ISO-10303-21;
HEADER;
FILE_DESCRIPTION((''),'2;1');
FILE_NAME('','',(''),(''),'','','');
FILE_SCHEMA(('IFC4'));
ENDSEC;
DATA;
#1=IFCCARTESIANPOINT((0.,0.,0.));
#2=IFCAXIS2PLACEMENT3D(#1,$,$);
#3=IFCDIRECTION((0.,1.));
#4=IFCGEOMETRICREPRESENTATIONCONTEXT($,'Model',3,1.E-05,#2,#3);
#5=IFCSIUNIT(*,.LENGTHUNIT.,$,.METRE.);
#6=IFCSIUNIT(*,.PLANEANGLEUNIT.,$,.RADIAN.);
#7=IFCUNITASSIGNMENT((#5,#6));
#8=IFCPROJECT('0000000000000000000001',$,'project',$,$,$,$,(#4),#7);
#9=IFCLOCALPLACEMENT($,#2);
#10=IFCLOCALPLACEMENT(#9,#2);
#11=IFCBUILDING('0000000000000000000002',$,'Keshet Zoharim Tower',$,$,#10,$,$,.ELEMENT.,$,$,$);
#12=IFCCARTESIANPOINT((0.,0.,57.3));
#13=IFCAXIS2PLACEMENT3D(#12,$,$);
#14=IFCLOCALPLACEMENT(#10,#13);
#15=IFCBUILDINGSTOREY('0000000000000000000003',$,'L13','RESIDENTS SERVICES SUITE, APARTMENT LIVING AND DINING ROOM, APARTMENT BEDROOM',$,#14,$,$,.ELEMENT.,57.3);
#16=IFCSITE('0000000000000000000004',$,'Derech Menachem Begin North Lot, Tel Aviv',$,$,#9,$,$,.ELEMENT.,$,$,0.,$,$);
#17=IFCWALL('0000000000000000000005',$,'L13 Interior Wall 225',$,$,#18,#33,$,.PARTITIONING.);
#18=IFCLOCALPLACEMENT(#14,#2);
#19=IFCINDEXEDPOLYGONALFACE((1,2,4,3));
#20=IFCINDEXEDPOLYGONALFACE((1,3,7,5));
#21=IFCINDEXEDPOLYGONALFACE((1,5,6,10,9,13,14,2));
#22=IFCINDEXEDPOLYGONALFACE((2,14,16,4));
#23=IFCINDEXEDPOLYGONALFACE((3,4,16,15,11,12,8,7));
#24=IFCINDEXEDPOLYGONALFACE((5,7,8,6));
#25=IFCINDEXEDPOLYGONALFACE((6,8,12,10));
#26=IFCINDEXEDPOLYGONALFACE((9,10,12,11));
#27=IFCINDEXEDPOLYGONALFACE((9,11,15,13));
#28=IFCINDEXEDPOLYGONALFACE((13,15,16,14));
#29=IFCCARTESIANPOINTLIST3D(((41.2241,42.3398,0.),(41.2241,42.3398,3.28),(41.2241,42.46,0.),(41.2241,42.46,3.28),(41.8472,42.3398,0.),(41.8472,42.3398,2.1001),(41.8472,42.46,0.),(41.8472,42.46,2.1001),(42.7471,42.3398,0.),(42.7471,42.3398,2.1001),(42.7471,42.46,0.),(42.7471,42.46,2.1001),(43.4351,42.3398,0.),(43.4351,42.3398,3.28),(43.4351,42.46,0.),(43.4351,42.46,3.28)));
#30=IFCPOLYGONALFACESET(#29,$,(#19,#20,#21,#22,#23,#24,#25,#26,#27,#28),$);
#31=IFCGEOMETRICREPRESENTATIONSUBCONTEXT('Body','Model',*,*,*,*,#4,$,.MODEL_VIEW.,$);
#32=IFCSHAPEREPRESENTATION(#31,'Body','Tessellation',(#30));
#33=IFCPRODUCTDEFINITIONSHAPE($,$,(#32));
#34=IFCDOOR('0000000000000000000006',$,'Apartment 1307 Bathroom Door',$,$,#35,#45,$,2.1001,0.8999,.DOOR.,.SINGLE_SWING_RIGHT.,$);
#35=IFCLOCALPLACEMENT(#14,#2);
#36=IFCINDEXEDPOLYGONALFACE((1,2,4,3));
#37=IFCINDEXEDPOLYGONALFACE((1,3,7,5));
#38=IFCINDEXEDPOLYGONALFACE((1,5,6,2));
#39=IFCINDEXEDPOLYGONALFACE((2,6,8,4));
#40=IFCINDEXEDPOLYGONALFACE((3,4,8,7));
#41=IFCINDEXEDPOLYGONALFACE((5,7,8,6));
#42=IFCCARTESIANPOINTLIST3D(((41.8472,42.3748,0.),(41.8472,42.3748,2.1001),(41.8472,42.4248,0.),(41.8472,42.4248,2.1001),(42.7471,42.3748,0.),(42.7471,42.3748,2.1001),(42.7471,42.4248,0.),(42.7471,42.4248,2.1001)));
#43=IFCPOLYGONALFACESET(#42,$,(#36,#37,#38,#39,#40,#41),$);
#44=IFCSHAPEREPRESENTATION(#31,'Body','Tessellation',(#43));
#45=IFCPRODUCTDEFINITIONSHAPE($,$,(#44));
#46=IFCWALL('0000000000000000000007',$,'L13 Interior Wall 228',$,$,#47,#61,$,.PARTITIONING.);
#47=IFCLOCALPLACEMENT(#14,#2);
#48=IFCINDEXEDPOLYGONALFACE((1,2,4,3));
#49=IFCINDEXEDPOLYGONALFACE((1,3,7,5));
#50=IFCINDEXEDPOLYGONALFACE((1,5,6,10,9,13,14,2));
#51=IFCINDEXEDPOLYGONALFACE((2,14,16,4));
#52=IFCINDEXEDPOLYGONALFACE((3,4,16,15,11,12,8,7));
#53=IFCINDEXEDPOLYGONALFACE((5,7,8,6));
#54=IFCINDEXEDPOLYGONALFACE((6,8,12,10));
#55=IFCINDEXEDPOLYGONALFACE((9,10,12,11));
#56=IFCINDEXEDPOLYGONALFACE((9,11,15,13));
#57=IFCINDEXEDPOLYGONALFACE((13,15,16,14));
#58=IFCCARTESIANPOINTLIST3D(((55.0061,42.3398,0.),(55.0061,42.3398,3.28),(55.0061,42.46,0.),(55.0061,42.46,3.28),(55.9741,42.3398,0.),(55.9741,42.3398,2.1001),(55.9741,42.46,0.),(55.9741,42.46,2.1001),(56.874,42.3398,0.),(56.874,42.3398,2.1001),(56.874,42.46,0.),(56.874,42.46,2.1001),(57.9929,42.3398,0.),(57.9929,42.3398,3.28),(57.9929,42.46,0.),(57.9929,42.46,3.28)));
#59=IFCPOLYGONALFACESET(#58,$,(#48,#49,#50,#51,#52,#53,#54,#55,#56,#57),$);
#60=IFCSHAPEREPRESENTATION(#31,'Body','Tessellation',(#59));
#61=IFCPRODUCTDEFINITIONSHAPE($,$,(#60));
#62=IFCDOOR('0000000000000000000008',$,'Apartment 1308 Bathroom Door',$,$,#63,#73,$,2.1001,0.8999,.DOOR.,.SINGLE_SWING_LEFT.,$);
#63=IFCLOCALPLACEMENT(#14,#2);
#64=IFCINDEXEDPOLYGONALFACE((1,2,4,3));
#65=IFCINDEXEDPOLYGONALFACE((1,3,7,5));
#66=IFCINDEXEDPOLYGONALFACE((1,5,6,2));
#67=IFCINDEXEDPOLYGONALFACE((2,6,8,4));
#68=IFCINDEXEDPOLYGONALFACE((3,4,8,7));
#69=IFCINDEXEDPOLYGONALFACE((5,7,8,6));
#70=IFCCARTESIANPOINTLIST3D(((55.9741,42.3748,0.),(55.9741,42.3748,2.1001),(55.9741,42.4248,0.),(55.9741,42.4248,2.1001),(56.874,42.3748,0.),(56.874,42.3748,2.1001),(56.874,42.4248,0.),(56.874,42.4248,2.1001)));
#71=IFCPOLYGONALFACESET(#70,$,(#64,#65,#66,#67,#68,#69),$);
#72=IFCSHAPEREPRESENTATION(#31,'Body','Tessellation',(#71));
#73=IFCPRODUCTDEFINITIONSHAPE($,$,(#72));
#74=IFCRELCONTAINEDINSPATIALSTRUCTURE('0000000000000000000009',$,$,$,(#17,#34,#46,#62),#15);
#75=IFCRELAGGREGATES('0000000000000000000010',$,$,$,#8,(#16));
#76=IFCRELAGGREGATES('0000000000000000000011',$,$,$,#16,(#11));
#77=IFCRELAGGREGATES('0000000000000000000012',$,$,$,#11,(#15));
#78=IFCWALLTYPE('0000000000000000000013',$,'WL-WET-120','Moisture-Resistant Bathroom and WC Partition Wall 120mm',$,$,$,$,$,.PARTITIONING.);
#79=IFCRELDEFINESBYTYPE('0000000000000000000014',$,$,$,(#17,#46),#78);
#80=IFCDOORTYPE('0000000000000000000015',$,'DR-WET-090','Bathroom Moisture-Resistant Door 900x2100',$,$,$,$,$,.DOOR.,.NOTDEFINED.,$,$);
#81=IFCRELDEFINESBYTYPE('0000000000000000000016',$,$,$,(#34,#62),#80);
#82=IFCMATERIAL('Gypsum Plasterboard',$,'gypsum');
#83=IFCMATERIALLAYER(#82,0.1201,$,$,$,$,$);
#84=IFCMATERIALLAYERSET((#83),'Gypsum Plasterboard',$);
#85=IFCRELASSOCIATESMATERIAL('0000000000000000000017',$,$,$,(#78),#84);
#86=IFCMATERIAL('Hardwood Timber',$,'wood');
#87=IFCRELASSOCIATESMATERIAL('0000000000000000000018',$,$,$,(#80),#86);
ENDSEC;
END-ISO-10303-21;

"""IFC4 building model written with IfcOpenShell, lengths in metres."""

from ifc_helpers import new_model, si_unit, direction, frame, frame_2d, origin, place, context, subcontext, project, spatial, rectangle, extrude, material, layer, layer_set, type_object, element, fill, save


model = new_model("IFC4")

# Units and contexts
model_context = context("Model", 3, precision=1e-05, world=origin(), true_north=direction((0.0, 1.0)))
body_context = subcontext(model_context, "Body", "Model", "MODEL_VIEW")
ifc_project = project(units=[si_unit("LENGTHUNIT", "METRE"), si_unit("PLANEANGLEUNIT", "RADIAN")], contexts=[model_context])

# Site, building, storey
site_placement = place(None, origin())
site = spatial("IfcSite", under=ifc_project, at=site_placement, Name="Derech Menachem Begin North Lot, Tel Aviv", CompositionType="ELEMENT", RefElevation=0.0)
building_placement = place(site_placement, origin())
building = spatial("IfcBuilding", under=site, at=building_placement, Name="Keshet Zoharim Tower", CompositionType="ELEMENT")
storey_placement = place(building_placement, frame((0.0, 0.0, 57.3)))
storey = spatial("IfcBuildingStorey", under=building, at=storey_placement, Name="L13", Description="RESIDENTS SERVICES SUITE, APARTMENT LIVING AND DINING ROOM, APARTMENT BEDROOM", CompositionType="ELEMENT", Elevation=57.3)

# Shared definitions
ifc_material_1 = material(Name="Gypsum Plasterboard", Category="gypsum")
ifc_material_2 = material(Name="Hardwood Timber", Category="wood")

# Shared definitions
ifc_layer_1 = layer(ifc_material_1, 0.1201)
ifc_layer_set_1 = layer_set([ifc_layer_1], Name="Gypsum Plasterboard")
wall_type_1 = type_object("IfcWallType", Name="WL-WET-120", Description="Moisture-Resistant Bathroom and WC Partition Wall 120mm", PredefinedType="PARTITIONING", material=ifc_layer_set_1)

# Walls, openings, doors
wall_1_placement = place(storey_placement, frame((41.2241, 42.3999, 0.0), z_axis=(0.0, 0.0, 1.0), x_axis=(1.0, 0.0, 0.0)))
wall_1 = element("IfcWall", 1, at=wall_1_placement, inside=storey, type_object=wall_type_1, Name="L13 Interior Wall 225", PredefinedType="PARTITIONING", context=body_context, shape_type="SweptSolid", body=[
    extrude(rectangle(XDim=2.2109, YDim=0.1201, at=frame_2d((1.1055, 0.0))), origin(), (0.0, 0.0, 1.0), 3.28),
])
opening_1_placement = place(wall_1_placement, frame((0.623, 0.0, 0.0)))
opening_1 = element("IfcOpeningElement", 2, at=opening_1_placement, cuts=wall_1, PredefinedType="OPENING", context=body_context, shape_type="SweptSolid", body=[
    extrude(rectangle(XDim=0.8999, YDim=2.1001, at=frame_2d((0.45, 1.05))), frame((0.0, 0.0701, 0.0), z_axis=(0.0, -1.0, 0.0), x_axis=(1.0, 0.0, 0.0)), (0.0, 0.0, 1.0), 0.1401),
])
door_type_1 = type_object("IfcDoorType", Name="DR-WET-090", Description="Bathroom Moisture-Resistant Door 900x2100", OperationType="NOTDEFINED", PredefinedType="DOOR", material=ifc_material_2)
door_1_placement = place(opening_1_placement, origin())
door_1 = element("IfcDoor", 3, at=door_1_placement, inside=storey, type_object=door_type_1, Name="Apartment 1307 Bathroom Door", OperationType="SINGLE_SWING_RIGHT", OverallHeight=2.1001, OverallWidth=0.8999, PredefinedType="DOOR", context=body_context, shape_type="SweptSolid", body=[
    extrude(rectangle(XDim=0.8999, YDim=2.1001, at=frame_2d((0.45, 1.05))), frame((0.0, 0.0249, 0.0), z_axis=(0.0, -1.0, 0.0), x_axis=(1.0, 0.0, 0.0)), (0.0, 0.0, 1.0), 0.05),
])
fill(opening_1, door_1)
wall_2_placement = place(storey_placement, frame((55.0061, 42.3999, 0.0), z_axis=(0.0, 0.0, 1.0), x_axis=(1.0, 0.0, 0.0)))
wall_2 = element("IfcWall", 4, at=wall_2_placement, inside=storey, type_object=wall_type_1, Name="L13 Interior Wall 228", PredefinedType="PARTITIONING", context=body_context, shape_type="SweptSolid", body=[
    extrude(rectangle(XDim=2.9868, YDim=0.1201, at=frame_2d((1.4934, 0.0))), origin(), (0.0, 0.0, 1.0), 3.28),
])
opening_2_placement = place(wall_2_placement, frame((0.968, 0.0, 0.0)))
opening_2 = element("IfcOpeningElement", 5, at=opening_2_placement, cuts=wall_2, PredefinedType="OPENING", context=body_context, shape_type="SweptSolid", body=[
    extrude(rectangle(XDim=0.8999, YDim=2.1001, at=frame_2d((0.45, 1.05))), frame((0.0, 0.0701, 0.0), z_axis=(0.0, -1.0, 0.0), x_axis=(1.0, 0.0, 0.0)), (0.0, 0.0, 1.0), 0.1401),
])
door_2_placement = place(opening_2_placement, origin())
door_2 = element("IfcDoor", 6, at=door_2_placement, inside=storey, type_object=door_type_1, Name="Apartment 1308 Bathroom Door", OperationType="SINGLE_SWING_LEFT", OverallHeight=2.1001, OverallWidth=0.8999, PredefinedType="DOOR", context=body_context, shape_type="SweptSolid", body=[
    extrude(rectangle(XDim=0.8999, YDim=2.1001, at=frame_2d((0.45, 1.05))), frame((0.0, 0.0249, 0.0), z_axis=(0.0, -1.0, 0.0), x_axis=(1.0, 0.0, 0.0)), (0.0, 0.0, 1.0), 0.05),
])
fill(opening_2, door_2)

save(model, "model.ifc")
